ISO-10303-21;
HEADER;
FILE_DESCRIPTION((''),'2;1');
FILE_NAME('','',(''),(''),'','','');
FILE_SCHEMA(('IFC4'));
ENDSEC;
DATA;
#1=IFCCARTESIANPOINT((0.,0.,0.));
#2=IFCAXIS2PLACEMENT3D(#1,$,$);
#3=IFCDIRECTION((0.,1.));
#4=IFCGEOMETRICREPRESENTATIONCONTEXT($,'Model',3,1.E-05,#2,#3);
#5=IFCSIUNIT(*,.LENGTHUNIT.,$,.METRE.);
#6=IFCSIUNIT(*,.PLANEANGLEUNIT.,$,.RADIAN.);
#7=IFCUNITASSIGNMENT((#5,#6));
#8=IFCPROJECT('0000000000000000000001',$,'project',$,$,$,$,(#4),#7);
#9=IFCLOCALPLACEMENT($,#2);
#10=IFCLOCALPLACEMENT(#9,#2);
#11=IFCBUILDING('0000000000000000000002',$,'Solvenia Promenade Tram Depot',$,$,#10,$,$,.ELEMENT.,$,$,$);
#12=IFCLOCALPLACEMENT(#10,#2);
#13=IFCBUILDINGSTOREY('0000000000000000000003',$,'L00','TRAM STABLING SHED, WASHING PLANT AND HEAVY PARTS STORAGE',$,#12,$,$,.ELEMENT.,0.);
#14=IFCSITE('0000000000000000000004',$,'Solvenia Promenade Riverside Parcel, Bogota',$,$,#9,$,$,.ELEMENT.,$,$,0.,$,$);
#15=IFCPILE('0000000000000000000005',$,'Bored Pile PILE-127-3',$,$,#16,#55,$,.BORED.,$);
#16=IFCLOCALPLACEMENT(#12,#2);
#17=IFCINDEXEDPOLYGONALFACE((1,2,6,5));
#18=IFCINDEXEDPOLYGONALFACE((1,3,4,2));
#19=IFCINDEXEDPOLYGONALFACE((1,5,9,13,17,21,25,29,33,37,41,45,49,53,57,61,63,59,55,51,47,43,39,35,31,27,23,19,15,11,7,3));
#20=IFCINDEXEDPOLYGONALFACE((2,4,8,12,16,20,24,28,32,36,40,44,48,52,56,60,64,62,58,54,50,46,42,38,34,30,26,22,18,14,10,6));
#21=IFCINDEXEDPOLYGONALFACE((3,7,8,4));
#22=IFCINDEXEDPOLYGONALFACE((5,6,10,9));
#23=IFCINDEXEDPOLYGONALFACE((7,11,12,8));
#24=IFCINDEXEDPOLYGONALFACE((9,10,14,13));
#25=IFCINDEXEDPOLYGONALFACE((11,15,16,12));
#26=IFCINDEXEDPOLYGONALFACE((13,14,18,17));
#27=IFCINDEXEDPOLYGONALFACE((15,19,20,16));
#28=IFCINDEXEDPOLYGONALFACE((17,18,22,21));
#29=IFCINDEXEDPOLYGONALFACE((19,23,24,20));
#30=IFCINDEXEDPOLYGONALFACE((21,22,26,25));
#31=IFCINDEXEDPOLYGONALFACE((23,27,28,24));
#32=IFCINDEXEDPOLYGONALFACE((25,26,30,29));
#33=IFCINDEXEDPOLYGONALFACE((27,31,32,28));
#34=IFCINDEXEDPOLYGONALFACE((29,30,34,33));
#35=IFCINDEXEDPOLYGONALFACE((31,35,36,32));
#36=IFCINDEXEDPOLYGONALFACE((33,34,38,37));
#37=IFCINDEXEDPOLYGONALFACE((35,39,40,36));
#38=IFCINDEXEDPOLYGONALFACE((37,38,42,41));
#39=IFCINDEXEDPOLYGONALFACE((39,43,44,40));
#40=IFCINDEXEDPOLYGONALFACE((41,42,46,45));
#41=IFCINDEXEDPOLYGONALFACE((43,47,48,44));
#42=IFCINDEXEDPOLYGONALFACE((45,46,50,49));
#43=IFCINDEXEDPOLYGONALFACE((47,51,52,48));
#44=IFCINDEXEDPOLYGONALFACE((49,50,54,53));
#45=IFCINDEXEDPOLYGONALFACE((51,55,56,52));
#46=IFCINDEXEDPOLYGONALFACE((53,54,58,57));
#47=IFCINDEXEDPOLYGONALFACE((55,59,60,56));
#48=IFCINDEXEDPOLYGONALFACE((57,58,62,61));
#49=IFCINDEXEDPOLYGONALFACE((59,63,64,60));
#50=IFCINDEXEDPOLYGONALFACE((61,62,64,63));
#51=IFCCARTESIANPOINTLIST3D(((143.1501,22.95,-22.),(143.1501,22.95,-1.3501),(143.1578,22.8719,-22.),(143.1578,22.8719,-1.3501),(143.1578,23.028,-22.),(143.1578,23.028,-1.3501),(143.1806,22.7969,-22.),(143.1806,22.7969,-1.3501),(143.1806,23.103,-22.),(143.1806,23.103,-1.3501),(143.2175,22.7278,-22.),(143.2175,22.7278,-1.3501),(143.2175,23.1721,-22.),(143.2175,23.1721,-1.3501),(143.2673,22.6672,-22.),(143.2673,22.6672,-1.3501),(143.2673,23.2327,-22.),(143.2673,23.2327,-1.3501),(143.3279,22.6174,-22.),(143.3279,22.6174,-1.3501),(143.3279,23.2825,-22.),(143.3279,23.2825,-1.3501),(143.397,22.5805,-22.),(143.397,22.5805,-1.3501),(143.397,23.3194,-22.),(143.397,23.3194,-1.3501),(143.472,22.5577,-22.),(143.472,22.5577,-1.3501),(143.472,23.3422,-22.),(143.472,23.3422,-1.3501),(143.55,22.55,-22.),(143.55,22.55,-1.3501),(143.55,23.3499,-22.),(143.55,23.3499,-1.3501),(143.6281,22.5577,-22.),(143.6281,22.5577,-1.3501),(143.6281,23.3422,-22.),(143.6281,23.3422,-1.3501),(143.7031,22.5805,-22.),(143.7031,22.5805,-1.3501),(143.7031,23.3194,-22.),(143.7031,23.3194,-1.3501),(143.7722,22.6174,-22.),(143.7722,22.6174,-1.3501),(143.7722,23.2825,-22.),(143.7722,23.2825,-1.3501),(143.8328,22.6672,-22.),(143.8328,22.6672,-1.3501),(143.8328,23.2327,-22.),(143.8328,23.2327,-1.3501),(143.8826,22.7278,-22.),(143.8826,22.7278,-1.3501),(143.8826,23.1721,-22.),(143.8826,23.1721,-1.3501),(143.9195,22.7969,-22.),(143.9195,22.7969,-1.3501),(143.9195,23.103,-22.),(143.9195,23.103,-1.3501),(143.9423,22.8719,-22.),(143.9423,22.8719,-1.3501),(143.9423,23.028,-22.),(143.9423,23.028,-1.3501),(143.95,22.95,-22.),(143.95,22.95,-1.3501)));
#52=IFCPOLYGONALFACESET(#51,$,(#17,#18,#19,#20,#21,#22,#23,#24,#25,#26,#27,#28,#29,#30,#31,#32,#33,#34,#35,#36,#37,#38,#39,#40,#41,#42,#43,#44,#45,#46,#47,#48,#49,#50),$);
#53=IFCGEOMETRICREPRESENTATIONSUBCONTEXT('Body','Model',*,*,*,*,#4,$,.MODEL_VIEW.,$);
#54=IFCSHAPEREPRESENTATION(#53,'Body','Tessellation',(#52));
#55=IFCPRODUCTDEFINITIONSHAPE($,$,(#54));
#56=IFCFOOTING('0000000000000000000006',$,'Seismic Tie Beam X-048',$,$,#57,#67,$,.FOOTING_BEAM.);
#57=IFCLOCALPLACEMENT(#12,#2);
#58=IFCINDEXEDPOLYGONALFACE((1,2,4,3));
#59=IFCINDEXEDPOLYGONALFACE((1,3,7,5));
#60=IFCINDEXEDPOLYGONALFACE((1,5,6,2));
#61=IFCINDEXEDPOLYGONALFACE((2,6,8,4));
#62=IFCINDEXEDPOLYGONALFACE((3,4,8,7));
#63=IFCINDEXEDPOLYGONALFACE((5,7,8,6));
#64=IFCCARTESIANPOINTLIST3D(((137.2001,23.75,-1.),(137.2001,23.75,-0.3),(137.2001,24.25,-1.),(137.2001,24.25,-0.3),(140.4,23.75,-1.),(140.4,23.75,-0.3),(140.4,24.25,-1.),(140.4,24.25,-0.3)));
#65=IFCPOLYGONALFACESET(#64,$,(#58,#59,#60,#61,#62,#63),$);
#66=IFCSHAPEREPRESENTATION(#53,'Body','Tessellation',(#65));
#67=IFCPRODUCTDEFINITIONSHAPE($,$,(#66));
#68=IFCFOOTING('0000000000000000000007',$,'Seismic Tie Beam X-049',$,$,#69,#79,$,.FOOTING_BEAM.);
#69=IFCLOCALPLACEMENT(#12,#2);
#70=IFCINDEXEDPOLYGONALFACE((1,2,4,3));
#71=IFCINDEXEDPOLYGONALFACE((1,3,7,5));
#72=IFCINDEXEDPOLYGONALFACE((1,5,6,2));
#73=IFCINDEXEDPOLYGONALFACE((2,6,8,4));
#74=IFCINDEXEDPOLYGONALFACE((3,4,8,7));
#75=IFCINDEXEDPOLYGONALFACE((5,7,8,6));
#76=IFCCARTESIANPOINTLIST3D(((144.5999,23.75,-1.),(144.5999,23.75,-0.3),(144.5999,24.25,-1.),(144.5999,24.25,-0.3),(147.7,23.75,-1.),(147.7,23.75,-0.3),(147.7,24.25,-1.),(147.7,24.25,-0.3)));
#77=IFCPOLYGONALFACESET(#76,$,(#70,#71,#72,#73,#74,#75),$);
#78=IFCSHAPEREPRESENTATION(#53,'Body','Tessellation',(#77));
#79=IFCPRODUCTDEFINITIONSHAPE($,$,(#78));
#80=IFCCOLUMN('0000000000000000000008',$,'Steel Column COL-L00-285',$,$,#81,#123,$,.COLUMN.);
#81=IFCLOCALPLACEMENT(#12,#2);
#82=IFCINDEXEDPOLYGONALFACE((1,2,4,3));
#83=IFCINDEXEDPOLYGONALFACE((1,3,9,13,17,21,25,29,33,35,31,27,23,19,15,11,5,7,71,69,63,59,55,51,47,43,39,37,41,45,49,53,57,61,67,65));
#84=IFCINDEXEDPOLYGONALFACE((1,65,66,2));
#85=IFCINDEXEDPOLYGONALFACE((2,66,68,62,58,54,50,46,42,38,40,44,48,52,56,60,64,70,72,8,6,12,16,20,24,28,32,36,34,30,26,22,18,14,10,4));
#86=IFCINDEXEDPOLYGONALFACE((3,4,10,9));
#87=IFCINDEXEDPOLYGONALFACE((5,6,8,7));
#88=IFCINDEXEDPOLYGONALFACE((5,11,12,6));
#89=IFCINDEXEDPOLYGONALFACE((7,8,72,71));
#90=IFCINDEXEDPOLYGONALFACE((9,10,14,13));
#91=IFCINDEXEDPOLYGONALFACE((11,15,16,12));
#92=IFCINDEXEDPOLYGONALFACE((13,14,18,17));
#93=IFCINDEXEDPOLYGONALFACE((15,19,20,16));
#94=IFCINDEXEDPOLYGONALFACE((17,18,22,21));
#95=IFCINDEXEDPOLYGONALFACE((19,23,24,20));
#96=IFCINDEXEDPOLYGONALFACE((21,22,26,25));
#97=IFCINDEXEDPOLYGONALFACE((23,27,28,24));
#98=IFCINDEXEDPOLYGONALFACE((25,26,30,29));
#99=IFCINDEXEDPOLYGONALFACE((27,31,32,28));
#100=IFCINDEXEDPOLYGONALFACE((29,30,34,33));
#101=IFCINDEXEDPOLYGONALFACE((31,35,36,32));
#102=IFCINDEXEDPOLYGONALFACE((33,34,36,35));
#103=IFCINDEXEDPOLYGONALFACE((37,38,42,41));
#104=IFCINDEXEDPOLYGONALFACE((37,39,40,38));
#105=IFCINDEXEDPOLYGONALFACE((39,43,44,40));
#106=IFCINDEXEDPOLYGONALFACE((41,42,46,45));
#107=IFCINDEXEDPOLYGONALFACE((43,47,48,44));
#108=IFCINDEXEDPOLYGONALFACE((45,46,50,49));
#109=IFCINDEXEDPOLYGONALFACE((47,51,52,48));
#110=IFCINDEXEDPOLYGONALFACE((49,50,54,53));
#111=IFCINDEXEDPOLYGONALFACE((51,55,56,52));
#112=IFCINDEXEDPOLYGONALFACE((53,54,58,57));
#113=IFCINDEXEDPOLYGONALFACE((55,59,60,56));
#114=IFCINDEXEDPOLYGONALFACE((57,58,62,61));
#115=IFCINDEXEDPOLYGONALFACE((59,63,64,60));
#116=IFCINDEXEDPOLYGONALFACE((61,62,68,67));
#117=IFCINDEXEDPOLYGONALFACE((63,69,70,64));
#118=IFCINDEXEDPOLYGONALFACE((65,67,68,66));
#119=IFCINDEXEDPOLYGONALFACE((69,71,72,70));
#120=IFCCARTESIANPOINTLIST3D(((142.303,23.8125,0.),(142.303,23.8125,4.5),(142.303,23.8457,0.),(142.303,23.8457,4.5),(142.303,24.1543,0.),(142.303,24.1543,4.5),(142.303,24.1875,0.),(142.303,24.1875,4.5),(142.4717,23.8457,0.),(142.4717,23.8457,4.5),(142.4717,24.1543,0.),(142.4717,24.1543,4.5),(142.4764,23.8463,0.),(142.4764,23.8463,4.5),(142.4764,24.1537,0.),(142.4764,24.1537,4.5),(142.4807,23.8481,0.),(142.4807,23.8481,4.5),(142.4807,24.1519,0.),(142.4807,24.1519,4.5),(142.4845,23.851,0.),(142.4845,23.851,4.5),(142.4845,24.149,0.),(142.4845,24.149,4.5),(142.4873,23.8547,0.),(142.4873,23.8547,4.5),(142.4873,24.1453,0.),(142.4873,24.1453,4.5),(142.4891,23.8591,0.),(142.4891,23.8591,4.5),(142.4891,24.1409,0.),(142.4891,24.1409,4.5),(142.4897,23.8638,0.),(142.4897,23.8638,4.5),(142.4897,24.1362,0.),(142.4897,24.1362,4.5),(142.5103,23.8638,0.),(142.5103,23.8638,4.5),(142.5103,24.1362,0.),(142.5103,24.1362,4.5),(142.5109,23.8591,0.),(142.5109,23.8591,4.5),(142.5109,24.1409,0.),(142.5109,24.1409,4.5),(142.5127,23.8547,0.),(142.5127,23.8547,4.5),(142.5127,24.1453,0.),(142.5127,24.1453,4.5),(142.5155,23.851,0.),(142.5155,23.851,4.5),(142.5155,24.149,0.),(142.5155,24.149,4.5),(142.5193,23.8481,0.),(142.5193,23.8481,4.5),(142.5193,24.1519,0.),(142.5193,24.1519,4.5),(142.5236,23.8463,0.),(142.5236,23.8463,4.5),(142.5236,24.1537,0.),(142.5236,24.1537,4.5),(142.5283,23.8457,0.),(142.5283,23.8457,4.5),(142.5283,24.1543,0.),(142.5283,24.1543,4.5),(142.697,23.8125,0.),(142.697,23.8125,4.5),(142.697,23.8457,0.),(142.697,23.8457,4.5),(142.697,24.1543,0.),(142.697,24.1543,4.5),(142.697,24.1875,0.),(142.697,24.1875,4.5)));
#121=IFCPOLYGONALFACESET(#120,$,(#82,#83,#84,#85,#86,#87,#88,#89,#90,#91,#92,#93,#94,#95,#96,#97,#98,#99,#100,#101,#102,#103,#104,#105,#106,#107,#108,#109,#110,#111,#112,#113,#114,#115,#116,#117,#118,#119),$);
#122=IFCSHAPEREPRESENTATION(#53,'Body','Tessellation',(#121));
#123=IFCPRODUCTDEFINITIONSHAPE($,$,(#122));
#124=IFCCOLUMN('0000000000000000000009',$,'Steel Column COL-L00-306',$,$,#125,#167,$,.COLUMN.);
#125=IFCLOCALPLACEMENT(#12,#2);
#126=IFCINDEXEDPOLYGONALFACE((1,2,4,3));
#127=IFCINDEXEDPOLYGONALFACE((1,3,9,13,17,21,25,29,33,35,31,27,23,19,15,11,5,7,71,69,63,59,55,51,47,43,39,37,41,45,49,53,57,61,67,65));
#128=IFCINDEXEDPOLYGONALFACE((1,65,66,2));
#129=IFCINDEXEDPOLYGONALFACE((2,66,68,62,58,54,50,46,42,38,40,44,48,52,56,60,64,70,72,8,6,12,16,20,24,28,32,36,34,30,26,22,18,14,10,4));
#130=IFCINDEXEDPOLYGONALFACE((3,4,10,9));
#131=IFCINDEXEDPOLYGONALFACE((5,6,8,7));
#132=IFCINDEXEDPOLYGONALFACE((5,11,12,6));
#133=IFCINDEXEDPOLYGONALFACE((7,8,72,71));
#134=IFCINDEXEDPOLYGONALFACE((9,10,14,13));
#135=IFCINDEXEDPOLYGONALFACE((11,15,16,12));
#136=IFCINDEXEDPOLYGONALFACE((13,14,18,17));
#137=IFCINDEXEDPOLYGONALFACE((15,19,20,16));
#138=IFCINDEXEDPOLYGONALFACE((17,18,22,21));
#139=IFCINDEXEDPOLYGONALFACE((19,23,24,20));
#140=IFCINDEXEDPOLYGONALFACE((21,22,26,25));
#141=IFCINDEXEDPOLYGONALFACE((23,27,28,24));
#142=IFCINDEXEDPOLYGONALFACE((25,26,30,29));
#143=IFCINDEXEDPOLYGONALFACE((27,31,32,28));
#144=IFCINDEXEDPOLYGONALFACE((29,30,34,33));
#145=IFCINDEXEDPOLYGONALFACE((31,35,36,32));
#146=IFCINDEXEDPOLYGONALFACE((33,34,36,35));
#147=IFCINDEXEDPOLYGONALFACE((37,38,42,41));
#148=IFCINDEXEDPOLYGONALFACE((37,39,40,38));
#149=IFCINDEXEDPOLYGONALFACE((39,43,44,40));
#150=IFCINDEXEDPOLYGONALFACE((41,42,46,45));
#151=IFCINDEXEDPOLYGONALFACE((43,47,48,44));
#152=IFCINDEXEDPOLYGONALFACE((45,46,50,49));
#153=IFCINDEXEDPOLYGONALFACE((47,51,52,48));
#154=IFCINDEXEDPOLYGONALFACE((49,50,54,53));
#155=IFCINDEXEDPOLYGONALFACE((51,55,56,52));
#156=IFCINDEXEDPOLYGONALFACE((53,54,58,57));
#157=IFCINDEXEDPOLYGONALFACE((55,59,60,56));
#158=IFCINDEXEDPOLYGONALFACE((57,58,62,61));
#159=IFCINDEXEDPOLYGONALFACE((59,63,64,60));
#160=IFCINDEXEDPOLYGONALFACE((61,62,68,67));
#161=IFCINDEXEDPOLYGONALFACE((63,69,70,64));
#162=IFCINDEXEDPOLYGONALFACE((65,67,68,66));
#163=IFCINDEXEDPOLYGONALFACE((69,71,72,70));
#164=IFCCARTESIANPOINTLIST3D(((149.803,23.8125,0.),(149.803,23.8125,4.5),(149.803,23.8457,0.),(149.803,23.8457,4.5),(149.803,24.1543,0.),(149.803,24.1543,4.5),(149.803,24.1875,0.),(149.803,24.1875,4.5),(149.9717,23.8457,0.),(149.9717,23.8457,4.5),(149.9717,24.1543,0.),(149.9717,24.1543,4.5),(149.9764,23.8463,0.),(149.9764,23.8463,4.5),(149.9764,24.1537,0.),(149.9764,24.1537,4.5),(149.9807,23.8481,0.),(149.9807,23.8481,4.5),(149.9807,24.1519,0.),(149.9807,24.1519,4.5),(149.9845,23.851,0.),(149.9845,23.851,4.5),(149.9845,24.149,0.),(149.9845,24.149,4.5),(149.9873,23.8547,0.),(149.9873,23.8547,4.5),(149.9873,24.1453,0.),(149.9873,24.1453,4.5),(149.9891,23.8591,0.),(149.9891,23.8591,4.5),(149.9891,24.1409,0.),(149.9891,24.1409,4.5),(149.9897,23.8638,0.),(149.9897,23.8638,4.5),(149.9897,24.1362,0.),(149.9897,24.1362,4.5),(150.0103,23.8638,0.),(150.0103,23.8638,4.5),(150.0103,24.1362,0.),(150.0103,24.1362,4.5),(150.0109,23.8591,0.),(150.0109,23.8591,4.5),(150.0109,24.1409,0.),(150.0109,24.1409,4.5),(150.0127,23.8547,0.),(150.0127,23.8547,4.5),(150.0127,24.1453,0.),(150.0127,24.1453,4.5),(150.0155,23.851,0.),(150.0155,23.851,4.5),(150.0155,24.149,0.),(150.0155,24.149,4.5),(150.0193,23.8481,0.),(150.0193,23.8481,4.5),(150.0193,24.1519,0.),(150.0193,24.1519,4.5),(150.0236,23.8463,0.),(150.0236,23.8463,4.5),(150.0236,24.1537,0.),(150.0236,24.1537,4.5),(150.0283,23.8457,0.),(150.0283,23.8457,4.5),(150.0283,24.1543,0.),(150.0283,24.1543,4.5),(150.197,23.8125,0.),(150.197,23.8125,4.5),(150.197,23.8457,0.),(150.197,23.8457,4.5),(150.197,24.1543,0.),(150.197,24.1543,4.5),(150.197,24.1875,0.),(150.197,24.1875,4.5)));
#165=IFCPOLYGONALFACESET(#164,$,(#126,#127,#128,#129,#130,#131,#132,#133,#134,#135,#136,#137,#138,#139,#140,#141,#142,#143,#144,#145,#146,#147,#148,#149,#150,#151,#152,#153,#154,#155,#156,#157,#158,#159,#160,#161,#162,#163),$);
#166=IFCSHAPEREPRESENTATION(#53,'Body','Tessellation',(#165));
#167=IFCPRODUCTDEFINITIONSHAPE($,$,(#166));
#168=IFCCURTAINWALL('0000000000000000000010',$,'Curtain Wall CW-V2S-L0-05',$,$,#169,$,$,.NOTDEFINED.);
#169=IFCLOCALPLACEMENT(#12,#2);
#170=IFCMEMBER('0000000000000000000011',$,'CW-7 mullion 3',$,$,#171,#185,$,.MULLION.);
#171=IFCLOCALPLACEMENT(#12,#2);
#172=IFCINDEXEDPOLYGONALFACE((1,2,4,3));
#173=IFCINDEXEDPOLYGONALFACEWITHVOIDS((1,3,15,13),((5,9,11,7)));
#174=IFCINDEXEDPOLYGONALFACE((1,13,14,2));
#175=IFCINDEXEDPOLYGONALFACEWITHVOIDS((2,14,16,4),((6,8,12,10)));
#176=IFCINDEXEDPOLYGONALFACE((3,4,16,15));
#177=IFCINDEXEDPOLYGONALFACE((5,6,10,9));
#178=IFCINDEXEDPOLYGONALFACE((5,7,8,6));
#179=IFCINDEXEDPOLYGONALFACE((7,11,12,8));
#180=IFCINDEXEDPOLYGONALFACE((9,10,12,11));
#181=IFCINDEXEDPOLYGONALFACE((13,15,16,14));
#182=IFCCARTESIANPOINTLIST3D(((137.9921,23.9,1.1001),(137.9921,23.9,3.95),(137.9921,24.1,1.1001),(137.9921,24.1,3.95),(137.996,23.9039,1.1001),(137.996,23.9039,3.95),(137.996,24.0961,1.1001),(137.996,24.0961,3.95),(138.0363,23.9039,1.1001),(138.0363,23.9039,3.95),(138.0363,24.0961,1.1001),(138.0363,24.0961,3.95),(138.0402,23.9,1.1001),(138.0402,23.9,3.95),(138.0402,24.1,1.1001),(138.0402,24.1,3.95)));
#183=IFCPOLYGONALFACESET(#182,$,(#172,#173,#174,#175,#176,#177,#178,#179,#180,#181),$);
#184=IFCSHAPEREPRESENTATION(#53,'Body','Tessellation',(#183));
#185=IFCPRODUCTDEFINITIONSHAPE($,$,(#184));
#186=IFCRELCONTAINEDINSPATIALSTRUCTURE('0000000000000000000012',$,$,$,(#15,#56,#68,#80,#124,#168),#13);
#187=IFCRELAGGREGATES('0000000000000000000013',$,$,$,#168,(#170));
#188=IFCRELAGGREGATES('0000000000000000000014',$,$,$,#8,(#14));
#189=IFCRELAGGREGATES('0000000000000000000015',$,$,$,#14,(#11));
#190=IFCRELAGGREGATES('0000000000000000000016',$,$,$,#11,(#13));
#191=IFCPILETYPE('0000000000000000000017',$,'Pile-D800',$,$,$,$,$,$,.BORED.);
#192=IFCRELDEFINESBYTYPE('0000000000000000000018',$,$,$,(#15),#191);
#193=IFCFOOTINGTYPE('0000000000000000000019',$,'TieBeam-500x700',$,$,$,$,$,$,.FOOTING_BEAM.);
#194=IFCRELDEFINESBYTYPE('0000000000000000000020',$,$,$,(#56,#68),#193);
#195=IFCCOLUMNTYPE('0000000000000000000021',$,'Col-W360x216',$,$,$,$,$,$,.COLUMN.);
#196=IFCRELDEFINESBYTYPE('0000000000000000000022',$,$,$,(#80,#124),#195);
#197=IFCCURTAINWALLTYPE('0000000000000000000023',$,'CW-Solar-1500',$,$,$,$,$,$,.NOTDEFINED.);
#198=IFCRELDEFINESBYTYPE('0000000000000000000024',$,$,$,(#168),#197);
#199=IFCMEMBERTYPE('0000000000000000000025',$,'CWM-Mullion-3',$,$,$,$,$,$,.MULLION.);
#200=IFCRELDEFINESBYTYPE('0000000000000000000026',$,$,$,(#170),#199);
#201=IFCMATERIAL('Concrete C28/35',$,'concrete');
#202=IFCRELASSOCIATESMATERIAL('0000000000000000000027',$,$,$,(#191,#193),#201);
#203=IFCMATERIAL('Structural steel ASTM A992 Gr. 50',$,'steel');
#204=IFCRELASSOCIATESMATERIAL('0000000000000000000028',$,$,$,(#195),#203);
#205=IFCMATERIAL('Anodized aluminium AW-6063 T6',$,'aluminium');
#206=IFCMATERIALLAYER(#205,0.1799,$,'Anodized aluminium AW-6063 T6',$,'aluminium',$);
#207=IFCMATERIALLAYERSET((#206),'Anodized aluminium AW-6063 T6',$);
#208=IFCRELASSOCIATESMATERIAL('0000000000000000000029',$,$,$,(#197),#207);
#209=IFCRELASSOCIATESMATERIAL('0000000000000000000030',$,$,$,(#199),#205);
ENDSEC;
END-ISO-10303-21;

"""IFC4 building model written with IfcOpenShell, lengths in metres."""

from ifc_helpers import new_model, si_unit, direction, frame, origin, origin_2d, place, context, subcontext, project, spatial, rectangle, hollow_rectangle, circle, i_section, extrude, material, layer, layer_set, material_profile, profile_set, type_object, element, aggregate, save


model = new_model("IFC4")

# Units and contexts
model_context = context("Model", 3, precision=1e-05, world=origin(), true_north=direction((0.0, 1.0)))
body_context = subcontext(model_context, "Body", "Model", "MODEL_VIEW")
ifc_project = project(units=[si_unit("LENGTHUNIT", "METRE"), si_unit("PLANEANGLEUNIT", "RADIAN")], contexts=[model_context])

# Site, building, storey
site_placement = place(None, origin())
site = spatial("IfcSite", under=ifc_project, at=site_placement, Name="Solvenia Promenade Riverside Parcel, Bogota", CompositionType="ELEMENT", RefElevation=0.0)
building_placement = place(site_placement, origin())
building = spatial("IfcBuilding", under=site, at=building_placement, Name="Solvenia Promenade Tram Depot", CompositionType="ELEMENT")
storey_placement = place(building_placement, origin())
storey = spatial("IfcBuildingStorey", under=building, at=storey_placement, Name="L00", Description="TRAM STABLING SHED, WASHING PLANT AND HEAVY PARTS STORAGE", CompositionType="ELEMENT", Elevation=0.0)

# Shared definitions
ifc_material_1 = material(Name="Concrete C28/35", Category="concrete")

# Pile
ifc_material_profile_1 = material_profile(ifc_material_1, circle(Radius=0.3999, at=origin_2d()), Name="D800", Category="concrete")
ifc_profile_set_1 = profile_set([ifc_material_profile_1], Name="Concrete C28/35")
pile_type_1 = type_object("IfcPileType", Name="Pile-D800", PredefinedType="BORED", material=ifc_profile_set_1)
for number, where, z_axis, x_axis, name in (
    (1, (143.55, 22.95, -1.3501), (0.0, 0.0, -1.0), (1.0, 0.0, 0.0), "Bored Pile PILE-127-3"),
):
    element("IfcPile", number, at=place(storey_placement, frame(where, z_axis=z_axis, x_axis=x_axis)), inside=storey, type_object=pile_type_1, Name=name, PredefinedType="BORED", context=body_context, shape_type="SweptSolid", body=[
        extrude(circle(Radius=0.3999, at=origin_2d()), origin(), (0.0, 0.0, 1.0), 20.6499),
    ])

# Footings
footing_type_1 = type_object("IfcFootingType", Name="TieBeam-500x700", PredefinedType="FOOTING_BEAM", material=ifc_material_1)
footing_1_placement = place(storey_placement, frame((138.8, 24.0, -1.0), z_axis=(0.0, 0.0, 1.0), x_axis=(1.0, 0.0, 0.0)))
element("IfcFooting", 2, at=footing_1_placement, inside=storey, type_object=footing_type_1, Name="Seismic Tie Beam X-048", PredefinedType="FOOTING_BEAM", context=body_context, shape_type="SweptSolid", body=[
    extrude(rectangle(XDim=3.2, YDim=0.5, at=origin_2d()), origin(), (0.0, 0.0, 1.0), 0.7),
])
footing_2_placement = place(storey_placement, frame((146.1499, 24.0, -1.0), z_axis=(0.0, 0.0, 1.0), x_axis=(1.0, 0.0, 0.0)))
element("IfcFooting", 3, at=footing_2_placement, inside=storey, type_object=footing_type_1, Name="Seismic Tie Beam X-049", PredefinedType="FOOTING_BEAM", context=body_context, shape_type="SweptSolid", body=[
    extrude(rectangle(XDim=3.1001, YDim=0.5, at=origin_2d()), origin(), (0.0, 0.0, 1.0), 0.7),
])

# Columns
ifc_material_2 = material(Name="Structural steel ASTM A992 Gr. 50", Category="steel")
ifc_material_profile_2 = material_profile(ifc_material_2, i_section(OverallWidth=0.394, OverallDepth=0.375, WebThickness=0.0205, FlangeThickness=0.0332, FilletRadius=0.0181, at=origin_2d()), Name="W360x216", Category="steel")
ifc_profile_set_2 = profile_set([ifc_material_profile_2], Name="Structural steel ASTM A992 Gr. 50")
column_type = type_object("IfcColumnType", Name="Col-W360x216", PredefinedType="COLUMN", material=ifc_profile_set_2)
for number, where, z_axis, x_axis, name in (
    (4, (142.5, 24.0, 0.0), (0.0, 0.0, 1.0), (1.0, 0.0, 0.0), "Steel Column COL-L00-285"),
    (5, (150.0, 24.0, 0.0), (0.0, 0.0, 1.0), (1.0, 0.0, 0.0), "Steel Column COL-L00-306"),
):
    element("IfcColumn", number, at=place(storey_placement, frame(where, z_axis=z_axis, x_axis=x_axis)), inside=storey, type_object=column_type, Name=name, PredefinedType="COLUMN", context=body_context, shape_type="SweptSolid", body=[
        extrude(i_section(OverallWidth=0.394, OverallDepth=0.375, WebThickness=0.0205, FlangeThickness=0.0332, FilletRadius=0.0181, at=origin_2d()), origin(), (0.0, 0.0, 1.0), 4.5),
    ])

# Curtain wall, member
ifc_material_3 = material(Name="Anodized aluminium AW-6063 T6", Category="aluminium")
ifc_layer_1 = layer(ifc_material_3, 0.1799, Name="Anodized aluminium AW-6063 T6", Category="aluminium")
ifc_layer_set_1 = layer_set([ifc_layer_1], Name="Anodized aluminium AW-6063 T6")
curtain_wall_type = type_object("IfcCurtainWallType", Name="CW-Solar-1500", PredefinedType="NOTDEFINED", material=ifc_layer_set_1)
curtain_wall_1_placement = place(storey_placement, origin())
curtain_wall_1 = element("IfcCurtainWall", 6, at=curtain_wall_1_placement, inside=storey, type_object=curtain_wall_type, Name="Curtain Wall CW-V2S-L0-05", PredefinedType="NOTDEFINED")
ifc_material_profile_3 = material_profile(ifc_material_3, hollow_rectangle(XDim=0.2, YDim=0.0481, WallThickness=0.0039, at=origin_2d()), Name="ALU-M3", Category="aluminium")
ifc_profile_set_3 = profile_set([ifc_material_profile_3], Name="Anodized aluminium AW-6063 T6")
member_type_1 = type_object("IfcMemberType", Name="CWM-Mullion-3", PredefinedType="MULLION", material=ifc_profile_set_3)
member_1_placement = place(storey_placement, frame((138.0161, 24.0, 1.1001), z_axis=(0.0, 0.0, 1.0), x_axis=(0.0, 1.0, 0.0)))
member_1 = element("IfcMember", 7, at=member_1_placement, type_object=member_type_1, Name="CW-7 mullion 3", PredefinedType="MULLION", context=body_context, shape_type="SweptSolid", body=[
    extrude(hollow_rectangle(XDim=0.2, YDim=0.0481, WallThickness=0.0039, at=origin_2d()), origin(), (0.0, 0.0, 1.0), 2.8499),
])

aggregate(curtain_wall_1, [member_1])

save(model, "model.ifc")
